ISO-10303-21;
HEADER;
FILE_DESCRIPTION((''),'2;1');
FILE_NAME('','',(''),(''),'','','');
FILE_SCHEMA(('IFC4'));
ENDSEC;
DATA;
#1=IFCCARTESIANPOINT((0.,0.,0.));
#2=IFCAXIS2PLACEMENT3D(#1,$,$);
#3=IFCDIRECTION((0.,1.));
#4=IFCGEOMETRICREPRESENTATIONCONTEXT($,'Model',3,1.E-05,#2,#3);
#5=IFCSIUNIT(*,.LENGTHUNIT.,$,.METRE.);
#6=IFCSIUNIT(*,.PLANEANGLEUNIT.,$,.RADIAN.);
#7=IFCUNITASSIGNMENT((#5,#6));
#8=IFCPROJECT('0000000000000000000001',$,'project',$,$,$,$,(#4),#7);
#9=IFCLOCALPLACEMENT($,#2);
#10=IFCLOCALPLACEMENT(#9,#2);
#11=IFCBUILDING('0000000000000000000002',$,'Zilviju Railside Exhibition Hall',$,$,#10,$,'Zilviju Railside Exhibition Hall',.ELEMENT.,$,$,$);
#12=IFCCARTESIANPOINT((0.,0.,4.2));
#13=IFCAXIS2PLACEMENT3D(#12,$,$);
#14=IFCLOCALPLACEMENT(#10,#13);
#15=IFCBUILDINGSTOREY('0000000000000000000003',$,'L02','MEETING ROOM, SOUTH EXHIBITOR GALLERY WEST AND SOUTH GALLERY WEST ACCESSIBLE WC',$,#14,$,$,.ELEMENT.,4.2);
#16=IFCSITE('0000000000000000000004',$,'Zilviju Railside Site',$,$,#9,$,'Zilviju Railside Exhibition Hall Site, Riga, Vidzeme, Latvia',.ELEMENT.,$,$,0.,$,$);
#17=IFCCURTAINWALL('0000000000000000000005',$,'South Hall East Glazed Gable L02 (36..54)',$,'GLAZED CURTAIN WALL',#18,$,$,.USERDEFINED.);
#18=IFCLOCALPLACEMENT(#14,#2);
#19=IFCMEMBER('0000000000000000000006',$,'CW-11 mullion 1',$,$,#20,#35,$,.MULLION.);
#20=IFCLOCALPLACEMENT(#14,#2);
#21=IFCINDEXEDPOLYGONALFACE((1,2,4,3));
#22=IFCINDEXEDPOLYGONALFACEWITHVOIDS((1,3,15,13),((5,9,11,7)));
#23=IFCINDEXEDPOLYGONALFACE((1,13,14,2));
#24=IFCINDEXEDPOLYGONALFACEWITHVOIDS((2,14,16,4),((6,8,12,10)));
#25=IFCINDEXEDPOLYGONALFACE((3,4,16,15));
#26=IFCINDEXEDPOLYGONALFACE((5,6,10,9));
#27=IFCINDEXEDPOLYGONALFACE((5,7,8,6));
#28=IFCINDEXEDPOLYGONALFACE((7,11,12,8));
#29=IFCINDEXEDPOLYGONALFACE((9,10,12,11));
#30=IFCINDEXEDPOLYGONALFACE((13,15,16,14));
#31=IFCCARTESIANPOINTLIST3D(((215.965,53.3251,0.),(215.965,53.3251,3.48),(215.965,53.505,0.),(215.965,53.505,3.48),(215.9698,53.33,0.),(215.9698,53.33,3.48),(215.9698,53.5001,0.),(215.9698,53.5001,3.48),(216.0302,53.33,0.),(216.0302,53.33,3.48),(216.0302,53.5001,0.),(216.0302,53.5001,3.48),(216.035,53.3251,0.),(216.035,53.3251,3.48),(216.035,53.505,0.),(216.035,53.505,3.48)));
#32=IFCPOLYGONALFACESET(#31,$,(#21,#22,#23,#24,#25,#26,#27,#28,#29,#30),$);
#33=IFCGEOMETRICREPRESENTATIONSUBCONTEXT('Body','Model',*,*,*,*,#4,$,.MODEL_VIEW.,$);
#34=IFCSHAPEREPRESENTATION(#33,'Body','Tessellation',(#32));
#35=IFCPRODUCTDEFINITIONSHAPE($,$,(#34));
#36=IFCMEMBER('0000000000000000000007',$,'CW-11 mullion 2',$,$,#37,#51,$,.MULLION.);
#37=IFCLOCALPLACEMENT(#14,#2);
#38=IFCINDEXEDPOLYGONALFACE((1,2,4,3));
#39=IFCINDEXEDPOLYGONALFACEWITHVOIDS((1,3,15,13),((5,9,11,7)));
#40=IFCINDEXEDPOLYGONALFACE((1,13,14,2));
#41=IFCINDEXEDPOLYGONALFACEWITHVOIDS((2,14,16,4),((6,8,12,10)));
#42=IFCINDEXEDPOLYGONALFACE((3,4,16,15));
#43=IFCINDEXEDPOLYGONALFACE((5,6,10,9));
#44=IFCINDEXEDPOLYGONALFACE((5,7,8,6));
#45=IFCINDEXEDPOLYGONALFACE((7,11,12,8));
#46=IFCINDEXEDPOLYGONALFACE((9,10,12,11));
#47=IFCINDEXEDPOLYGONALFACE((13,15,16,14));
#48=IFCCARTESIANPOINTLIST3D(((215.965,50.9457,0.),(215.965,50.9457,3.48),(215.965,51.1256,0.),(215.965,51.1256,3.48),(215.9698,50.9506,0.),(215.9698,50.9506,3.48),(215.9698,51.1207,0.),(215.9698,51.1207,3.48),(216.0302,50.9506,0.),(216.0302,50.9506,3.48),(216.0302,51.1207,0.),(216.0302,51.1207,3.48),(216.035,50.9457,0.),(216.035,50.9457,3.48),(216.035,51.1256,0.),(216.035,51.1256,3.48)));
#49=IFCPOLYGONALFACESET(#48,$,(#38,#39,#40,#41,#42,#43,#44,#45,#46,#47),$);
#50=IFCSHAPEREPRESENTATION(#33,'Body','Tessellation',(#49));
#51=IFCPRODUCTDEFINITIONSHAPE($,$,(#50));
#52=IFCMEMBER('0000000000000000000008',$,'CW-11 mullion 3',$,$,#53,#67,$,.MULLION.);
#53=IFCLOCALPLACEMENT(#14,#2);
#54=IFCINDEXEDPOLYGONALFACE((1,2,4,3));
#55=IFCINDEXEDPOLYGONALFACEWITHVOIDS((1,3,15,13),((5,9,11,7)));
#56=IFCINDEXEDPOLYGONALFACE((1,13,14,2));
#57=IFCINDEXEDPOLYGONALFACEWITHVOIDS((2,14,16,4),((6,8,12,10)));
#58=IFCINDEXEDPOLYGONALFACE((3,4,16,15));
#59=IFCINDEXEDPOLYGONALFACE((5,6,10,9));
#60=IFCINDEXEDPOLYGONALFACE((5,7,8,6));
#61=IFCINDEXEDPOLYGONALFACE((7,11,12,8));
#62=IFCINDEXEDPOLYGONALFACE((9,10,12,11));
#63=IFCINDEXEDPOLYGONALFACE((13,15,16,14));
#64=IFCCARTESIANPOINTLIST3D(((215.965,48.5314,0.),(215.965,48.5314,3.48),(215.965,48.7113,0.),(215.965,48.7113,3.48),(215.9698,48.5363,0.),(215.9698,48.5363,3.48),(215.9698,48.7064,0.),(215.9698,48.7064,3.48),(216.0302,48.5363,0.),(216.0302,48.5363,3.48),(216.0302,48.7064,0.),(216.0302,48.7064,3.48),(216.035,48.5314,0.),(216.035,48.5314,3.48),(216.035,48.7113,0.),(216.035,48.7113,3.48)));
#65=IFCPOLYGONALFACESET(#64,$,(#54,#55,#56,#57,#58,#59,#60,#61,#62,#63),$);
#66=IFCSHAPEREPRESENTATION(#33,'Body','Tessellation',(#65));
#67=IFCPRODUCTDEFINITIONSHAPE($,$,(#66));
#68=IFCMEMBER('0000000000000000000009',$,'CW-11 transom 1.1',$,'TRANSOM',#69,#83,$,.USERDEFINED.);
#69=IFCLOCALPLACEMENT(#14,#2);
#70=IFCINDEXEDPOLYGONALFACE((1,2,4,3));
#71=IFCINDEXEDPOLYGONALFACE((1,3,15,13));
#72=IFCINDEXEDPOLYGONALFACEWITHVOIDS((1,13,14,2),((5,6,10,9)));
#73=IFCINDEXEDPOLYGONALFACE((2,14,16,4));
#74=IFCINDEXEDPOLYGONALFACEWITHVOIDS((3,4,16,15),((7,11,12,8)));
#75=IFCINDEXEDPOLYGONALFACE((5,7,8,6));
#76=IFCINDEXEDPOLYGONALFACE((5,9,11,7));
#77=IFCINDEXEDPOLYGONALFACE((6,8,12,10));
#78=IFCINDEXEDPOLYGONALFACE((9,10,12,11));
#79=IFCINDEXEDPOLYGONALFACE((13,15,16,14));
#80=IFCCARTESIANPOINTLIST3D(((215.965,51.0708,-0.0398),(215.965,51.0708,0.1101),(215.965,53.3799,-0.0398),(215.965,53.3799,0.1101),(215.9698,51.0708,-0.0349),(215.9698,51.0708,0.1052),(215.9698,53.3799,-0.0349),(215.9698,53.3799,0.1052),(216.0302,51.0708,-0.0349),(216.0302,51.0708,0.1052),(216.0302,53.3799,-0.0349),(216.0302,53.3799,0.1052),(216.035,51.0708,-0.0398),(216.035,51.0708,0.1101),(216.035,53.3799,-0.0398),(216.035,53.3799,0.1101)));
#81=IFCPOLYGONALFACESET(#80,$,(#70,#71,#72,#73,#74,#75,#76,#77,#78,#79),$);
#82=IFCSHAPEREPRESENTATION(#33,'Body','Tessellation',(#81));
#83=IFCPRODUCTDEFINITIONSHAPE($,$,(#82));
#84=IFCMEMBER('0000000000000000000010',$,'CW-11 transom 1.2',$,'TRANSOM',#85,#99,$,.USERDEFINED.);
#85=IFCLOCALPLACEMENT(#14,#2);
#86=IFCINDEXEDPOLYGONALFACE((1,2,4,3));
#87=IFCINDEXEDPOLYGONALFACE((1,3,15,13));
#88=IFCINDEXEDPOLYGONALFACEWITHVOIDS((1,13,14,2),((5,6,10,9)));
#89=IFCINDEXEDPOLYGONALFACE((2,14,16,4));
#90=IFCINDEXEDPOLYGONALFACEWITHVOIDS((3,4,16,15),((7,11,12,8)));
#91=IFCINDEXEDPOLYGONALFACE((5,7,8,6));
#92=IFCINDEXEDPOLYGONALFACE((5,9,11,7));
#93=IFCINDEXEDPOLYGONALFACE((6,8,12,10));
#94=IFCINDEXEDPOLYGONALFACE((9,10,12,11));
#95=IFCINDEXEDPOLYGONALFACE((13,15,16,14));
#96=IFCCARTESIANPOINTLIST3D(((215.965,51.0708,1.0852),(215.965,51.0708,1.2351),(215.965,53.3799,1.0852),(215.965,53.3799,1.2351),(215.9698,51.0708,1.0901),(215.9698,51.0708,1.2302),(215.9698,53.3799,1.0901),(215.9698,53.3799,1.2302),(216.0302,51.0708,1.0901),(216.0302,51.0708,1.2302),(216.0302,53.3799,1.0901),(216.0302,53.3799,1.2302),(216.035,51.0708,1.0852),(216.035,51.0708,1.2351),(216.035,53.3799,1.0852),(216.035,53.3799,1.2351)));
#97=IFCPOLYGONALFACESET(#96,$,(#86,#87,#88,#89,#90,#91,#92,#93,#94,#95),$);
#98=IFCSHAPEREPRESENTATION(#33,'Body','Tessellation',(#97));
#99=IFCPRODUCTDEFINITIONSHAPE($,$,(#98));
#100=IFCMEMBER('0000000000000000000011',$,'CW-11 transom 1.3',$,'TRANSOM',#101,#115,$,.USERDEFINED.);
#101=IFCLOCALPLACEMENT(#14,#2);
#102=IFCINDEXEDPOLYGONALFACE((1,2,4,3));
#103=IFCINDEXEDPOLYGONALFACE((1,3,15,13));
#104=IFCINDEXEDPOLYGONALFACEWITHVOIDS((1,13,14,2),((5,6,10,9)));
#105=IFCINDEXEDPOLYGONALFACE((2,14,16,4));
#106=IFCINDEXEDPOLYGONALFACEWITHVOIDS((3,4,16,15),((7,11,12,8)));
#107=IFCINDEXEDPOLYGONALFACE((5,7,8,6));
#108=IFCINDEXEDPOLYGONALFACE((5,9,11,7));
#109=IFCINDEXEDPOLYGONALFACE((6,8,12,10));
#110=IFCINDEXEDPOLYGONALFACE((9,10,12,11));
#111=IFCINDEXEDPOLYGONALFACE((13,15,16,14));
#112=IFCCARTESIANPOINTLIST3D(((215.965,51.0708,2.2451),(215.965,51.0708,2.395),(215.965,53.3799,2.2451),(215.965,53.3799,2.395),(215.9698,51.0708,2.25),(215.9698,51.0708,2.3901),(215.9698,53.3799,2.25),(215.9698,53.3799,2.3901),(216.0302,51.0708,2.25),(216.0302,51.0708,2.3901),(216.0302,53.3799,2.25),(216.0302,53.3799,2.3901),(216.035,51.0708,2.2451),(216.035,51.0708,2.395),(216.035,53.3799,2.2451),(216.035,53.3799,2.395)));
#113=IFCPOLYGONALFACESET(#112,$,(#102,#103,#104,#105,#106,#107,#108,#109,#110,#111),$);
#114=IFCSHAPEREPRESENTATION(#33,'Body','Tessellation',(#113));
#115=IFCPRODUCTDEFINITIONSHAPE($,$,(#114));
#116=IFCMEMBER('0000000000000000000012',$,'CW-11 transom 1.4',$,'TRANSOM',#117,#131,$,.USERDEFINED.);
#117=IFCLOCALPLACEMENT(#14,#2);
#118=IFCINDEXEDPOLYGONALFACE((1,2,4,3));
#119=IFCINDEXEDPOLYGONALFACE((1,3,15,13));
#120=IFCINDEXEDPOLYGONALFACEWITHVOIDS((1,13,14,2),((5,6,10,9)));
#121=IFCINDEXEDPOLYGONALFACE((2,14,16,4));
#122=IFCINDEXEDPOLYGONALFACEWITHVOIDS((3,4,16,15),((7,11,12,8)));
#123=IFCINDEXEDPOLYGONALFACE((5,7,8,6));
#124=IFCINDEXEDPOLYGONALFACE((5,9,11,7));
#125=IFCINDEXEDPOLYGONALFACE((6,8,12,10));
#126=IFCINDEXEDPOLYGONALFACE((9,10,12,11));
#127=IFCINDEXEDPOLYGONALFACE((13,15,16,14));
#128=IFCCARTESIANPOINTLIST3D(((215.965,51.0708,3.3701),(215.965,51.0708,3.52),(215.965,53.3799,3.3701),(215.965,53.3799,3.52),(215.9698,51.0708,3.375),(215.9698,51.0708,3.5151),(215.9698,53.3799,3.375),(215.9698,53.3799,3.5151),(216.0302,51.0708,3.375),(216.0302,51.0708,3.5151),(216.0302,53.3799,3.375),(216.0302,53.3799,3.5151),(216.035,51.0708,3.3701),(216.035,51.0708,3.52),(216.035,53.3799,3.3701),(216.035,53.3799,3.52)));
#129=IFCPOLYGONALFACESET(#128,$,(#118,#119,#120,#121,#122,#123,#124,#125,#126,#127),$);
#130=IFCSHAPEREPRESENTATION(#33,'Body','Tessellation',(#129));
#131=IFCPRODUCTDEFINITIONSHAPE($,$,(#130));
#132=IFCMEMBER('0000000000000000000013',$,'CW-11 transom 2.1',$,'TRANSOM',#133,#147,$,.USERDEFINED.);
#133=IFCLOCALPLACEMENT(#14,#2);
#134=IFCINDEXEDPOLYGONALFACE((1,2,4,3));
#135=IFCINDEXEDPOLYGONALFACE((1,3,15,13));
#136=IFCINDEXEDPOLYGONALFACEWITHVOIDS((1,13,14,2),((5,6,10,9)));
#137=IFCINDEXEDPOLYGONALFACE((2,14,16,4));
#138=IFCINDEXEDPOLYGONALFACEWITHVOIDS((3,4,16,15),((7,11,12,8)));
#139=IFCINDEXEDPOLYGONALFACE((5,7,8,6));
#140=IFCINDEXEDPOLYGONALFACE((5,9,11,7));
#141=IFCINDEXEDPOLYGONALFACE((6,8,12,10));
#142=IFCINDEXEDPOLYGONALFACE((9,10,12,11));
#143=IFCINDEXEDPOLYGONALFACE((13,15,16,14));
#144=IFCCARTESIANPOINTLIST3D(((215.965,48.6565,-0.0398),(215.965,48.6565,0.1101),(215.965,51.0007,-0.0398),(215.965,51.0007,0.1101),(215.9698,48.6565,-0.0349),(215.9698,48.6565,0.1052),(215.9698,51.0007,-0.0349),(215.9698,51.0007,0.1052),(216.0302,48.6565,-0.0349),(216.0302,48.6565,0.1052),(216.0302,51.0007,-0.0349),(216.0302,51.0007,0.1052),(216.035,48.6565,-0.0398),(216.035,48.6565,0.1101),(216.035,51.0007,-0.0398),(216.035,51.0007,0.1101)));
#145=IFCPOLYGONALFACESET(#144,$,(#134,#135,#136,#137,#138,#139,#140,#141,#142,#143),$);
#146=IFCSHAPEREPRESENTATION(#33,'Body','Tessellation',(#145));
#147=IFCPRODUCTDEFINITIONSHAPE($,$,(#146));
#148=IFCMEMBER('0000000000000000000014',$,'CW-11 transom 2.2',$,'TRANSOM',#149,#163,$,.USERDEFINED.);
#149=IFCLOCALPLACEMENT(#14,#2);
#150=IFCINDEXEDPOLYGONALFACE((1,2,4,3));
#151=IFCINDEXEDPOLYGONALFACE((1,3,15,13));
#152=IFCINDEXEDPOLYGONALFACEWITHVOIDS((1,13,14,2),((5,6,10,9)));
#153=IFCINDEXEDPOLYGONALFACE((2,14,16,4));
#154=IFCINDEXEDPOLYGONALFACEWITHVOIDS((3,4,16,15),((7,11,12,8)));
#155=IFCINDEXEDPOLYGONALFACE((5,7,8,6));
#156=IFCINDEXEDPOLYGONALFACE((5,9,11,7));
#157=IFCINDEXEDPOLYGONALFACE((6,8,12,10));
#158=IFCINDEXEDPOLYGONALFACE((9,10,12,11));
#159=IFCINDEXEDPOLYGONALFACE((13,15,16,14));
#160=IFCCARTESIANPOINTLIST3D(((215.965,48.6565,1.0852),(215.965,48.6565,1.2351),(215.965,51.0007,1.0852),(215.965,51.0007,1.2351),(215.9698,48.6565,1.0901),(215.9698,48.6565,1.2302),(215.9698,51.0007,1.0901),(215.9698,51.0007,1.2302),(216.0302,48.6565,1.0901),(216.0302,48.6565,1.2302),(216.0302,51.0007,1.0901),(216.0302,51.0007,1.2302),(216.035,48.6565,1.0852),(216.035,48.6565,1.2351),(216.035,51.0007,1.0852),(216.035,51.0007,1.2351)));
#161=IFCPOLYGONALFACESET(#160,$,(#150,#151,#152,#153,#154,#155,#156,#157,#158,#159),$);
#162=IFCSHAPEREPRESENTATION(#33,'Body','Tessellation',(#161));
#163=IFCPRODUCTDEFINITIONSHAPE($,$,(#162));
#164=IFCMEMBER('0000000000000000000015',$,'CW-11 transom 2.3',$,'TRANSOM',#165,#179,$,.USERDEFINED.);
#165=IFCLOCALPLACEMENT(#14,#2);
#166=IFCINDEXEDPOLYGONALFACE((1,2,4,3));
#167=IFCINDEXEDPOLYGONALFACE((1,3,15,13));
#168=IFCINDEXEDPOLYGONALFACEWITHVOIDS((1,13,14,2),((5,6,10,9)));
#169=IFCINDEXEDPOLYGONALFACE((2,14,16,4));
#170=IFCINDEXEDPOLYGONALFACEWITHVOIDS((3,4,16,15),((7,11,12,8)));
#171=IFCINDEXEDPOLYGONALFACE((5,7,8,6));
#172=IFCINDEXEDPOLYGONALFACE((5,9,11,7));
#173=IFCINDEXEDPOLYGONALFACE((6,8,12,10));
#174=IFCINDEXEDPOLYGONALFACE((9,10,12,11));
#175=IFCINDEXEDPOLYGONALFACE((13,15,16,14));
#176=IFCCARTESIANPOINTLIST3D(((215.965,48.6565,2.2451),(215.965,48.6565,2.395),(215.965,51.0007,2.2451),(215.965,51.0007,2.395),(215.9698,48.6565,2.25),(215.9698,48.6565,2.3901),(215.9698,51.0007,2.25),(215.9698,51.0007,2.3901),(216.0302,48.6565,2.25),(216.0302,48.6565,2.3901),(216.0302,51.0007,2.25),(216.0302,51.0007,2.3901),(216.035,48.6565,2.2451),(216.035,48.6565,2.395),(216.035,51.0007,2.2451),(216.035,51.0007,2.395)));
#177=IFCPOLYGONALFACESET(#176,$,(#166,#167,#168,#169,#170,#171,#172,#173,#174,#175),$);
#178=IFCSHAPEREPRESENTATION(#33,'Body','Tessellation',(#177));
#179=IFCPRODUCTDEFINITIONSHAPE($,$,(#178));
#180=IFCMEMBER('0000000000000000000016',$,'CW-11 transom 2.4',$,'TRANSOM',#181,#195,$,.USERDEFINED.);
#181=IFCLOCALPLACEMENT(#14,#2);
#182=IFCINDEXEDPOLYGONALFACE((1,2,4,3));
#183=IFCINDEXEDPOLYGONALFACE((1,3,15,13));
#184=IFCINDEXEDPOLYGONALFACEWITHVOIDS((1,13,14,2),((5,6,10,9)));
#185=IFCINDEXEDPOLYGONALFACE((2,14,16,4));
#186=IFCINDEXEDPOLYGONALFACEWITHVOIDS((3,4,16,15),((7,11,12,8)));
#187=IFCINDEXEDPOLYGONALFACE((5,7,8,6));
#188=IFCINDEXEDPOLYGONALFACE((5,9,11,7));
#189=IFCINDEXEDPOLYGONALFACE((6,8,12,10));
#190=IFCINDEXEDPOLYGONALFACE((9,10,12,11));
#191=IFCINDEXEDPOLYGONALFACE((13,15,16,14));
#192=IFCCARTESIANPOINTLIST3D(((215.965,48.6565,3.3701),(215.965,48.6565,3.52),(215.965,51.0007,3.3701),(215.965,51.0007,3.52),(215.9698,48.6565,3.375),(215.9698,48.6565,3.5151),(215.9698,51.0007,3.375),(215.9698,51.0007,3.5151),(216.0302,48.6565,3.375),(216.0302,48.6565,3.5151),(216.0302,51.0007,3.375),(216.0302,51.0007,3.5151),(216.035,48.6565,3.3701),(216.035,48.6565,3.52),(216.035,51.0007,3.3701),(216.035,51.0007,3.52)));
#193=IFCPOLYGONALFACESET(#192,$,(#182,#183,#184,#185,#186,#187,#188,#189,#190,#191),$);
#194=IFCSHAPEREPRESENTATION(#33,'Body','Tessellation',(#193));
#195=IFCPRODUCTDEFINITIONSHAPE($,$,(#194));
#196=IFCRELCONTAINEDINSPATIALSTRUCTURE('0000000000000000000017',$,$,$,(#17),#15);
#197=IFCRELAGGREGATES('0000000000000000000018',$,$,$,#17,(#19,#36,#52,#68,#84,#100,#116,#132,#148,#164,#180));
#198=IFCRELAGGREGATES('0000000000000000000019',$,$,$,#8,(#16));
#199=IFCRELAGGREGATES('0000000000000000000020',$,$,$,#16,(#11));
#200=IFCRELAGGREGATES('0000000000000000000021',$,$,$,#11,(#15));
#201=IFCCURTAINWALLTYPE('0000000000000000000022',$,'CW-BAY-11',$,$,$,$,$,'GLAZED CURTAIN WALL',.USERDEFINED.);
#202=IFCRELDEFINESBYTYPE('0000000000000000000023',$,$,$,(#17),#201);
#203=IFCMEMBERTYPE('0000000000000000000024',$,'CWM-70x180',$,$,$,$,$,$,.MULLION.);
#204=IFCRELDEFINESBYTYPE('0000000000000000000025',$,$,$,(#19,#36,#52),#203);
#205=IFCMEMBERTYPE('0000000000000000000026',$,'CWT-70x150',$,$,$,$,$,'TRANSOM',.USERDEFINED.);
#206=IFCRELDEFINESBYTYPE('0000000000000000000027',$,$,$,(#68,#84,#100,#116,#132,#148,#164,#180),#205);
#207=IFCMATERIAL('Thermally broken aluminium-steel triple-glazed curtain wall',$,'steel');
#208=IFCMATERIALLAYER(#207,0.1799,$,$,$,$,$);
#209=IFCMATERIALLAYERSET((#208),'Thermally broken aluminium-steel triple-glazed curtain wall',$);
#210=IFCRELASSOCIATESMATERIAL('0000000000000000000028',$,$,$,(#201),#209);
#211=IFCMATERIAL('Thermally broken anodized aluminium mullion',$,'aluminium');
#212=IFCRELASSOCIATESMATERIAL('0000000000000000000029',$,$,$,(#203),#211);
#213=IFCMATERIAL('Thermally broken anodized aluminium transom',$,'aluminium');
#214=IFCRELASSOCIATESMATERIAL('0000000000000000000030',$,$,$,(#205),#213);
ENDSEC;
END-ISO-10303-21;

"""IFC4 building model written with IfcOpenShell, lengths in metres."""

from ifc_helpers import new_model, si_unit, direction, frame, origin, origin_2d, place, context, subcontext, project, spatial, hollow_rectangle, extrude, material, layer, layer_set, material_profile, profile_set, type_object, element, aggregate, save


model = new_model("IFC4")

# Units and contexts
model_context = context("Model", 3, precision=1e-05, world=origin(), true_north=direction((0.0, 1.0)))
body_context = subcontext(model_context, "Body", "Model", "MODEL_VIEW")
ifc_project = project(units=[si_unit("LENGTHUNIT", "METRE"), si_unit("PLANEANGLEUNIT", "RADIAN")], contexts=[model_context])

# Site, building, storey
site_placement = place(None, origin())
site = spatial("IfcSite", under=ifc_project, at=site_placement, Name="Zilviju Railside Site", LongName="Zilviju Railside Exhibition Hall Site, Riga, Vidzeme, Latvia", CompositionType="ELEMENT", RefElevation=0.0)
building_placement = place(site_placement, origin())
building = spatial("IfcBuilding", under=site, at=building_placement, Name="Zilviju Railside Exhibition Hall", LongName="Zilviju Railside Exhibition Hall", CompositionType="ELEMENT")
storey_placement = place(building_placement, frame((0.0, 0.0, 4.2)))
storey = spatial("IfcBuildingStorey", under=building, at=storey_placement, Name="L02", Description="MEETING ROOM, SOUTH EXHIBITOR GALLERY WEST AND SOUTH GALLERY WEST ACCESSIBLE WC", CompositionType="ELEMENT", Elevation=4.2)

# Curtain wall, members
ifc_material_1 = material(Name="Thermally broken aluminium-steel triple-glazed curtain wall", Category="steel")
ifc_layer_1 = layer(ifc_material_1, 0.1799)
ifc_layer_set_1 = layer_set([ifc_layer_1], Name="Thermally broken aluminium-steel triple-glazed curtain wall")
curtain_wall_type = type_object("IfcCurtainWallType", Name="CW-BAY-11", ElementType="GLAZED CURTAIN WALL", PredefinedType="USERDEFINED", material=ifc_layer_set_1)
curtain_wall_placement = place(storey_placement, origin())
curtain_wall = element("IfcCurtainWall", 1, at=curtain_wall_placement, inside=storey, type_object=curtain_wall_type, Name="South Hall East Glazed Gable L02 (36..54)", ObjectType="GLAZED CURTAIN WALL", PredefinedType="USERDEFINED")
ifc_material_2 = material(Name="Thermally broken anodized aluminium mullion", Category="aluminium")
ifc_material_profile_1 = material_profile(ifc_material_2, hollow_rectangle(XDim=0.0701, YDim=0.1799, WallThickness=0.0049, at=origin_2d()), Name="MULLION 180x70x5")
ifc_profile_set_1 = profile_set([ifc_material_profile_1], Name="Thermally broken anodized aluminium mullion")
member_type_1 = type_object("IfcMemberType", Name="CWM-70x180", PredefinedType="MULLION", material=ifc_profile_set_1)
member_1_placement = place(storey_placement, frame((216.0, 53.415, 0.0), z_axis=(0.0, 0.0, 1.0), x_axis=(1.0, 0.0, 0.0)))
member_1 = element("IfcMember", 2, at=member_1_placement, type_object=member_type_1, Name="CW-11 mullion 1", PredefinedType="MULLION", context=body_context, shape_type="SweptSolid", body=[
    extrude(hollow_rectangle(XDim=0.0701, YDim=0.1799, WallThickness=0.0049, at=origin_2d()), origin(), (0.0, 0.0, 1.0), 3.48),
])
member_2_placement = place(storey_placement, frame((216.0, 51.0356, 0.0), z_axis=(0.0, 0.0, 1.0), x_axis=(1.0, 0.0, 0.0)))
member_2 = element("IfcMember", 3, at=member_2_placement, type_object=member_type_1, Name="CW-11 mullion 2", PredefinedType="MULLION", context=body_context, shape_type="SweptSolid", body=[
    extrude(hollow_rectangle(XDim=0.0701, YDim=0.1799, WallThickness=0.0049, at=origin_2d()), origin(), (0.0, 0.0, 1.0), 3.48),
])
member_3_placement = place(storey_placement, frame((216.0, 48.6213, 0.0), z_axis=(0.0, 0.0, 1.0), x_axis=(1.0, 0.0, 0.0)))
member_3 = element("IfcMember", 4, at=member_3_placement, type_object=member_type_1, Name="CW-11 mullion 3", PredefinedType="MULLION", context=body_context, shape_type="SweptSolid", body=[
    extrude(hollow_rectangle(XDim=0.0701, YDim=0.1799, WallThickness=0.0049, at=origin_2d()), origin(), (0.0, 0.0, 1.0), 3.48),
])
ifc_material_3 = material(Name="Thermally broken anodized aluminium transom", Category="aluminium")
ifc_material_profile_2 = material_profile(ifc_material_3, hollow_rectangle(XDim=0.0701, YDim=0.1499, WallThickness=0.0049, at=origin_2d()), Name="TRANSOM 150x70x5")
ifc_profile_set_2 = profile_set([ifc_material_profile_2], Name="Thermally broken anodized aluminium transom")
member_type_2 = type_object("IfcMemberType", Name="CWT-70x150", ElementType="TRANSOM", PredefinedType="USERDEFINED", material=ifc_profile_set_2)
member_4_placement = place(storey_placement, frame((216.0, 53.3799, 0.0352), z_axis=(0.0, -1.0, 0.0), x_axis=(1.0, 0.0, 0.0)))
member_4 = element("IfcMember", 5, at=member_4_placement, type_object=member_type_2, Name="CW-11 transom 1.1", ObjectType="TRANSOM", PredefinedType="USERDEFINED", context=body_context, shape_type="SweptSolid", body=[
    extrude(hollow_rectangle(XDim=0.0701, YDim=0.1499, WallThickness=0.0049, at=origin_2d()), origin(), (0.0, 0.0, 1.0), 2.3091),
])
member_5_placement = place(storey_placement, frame((216.0, 53.3799, 1.1602), z_axis=(0.0, -1.0, 0.0), x_axis=(1.0, 0.0, 0.0)))
member_5 = element("IfcMember", 6, at=member_5_placement, type_object=member_type_2, Name="CW-11 transom 1.2", ObjectType="TRANSOM", PredefinedType="USERDEFINED", context=body_context, shape_type="SweptSolid", body=[
    extrude(hollow_rectangle(XDim=0.0701, YDim=0.1499, WallThickness=0.0049, at=origin_2d()), origin(), (0.0, 0.0, 1.0), 2.3091),
])
member_6_placement = place(storey_placement, frame((216.0, 53.3799, 2.3201), z_axis=(0.0, -1.0, 0.0), x_axis=(1.0, 0.0, 0.0)))
member_6 = element("IfcMember", 7, at=member_6_placement, type_object=member_type_2, Name="CW-11 transom 1.3", ObjectType="TRANSOM", PredefinedType="USERDEFINED", context=body_context, shape_type="SweptSolid", body=[
    extrude(hollow_rectangle(XDim=0.0701, YDim=0.1499, WallThickness=0.0049, at=origin_2d()), origin(), (0.0, 0.0, 1.0), 2.3091),
])
member_7_placement = place(storey_placement, frame((216.0, 53.3799, 3.4451), z_axis=(0.0, -1.0, 0.0), x_axis=(1.0, 0.0, 0.0)))
member_7 = element("IfcMember", 8, at=member_7_placement, type_object=member_type_2, Name="CW-11 transom 1.4", ObjectType="TRANSOM", PredefinedType="USERDEFINED", context=body_context, shape_type="SweptSolid", body=[
    extrude(hollow_rectangle(XDim=0.0701, YDim=0.1499, WallThickness=0.0049, at=origin_2d()), origin(), (0.0, 0.0, 1.0), 2.3091),
])
member_8_placement = place(storey_placement, frame((216.0, 51.0007, 0.0352), z_axis=(0.0, -1.0, 0.0), x_axis=(1.0, 0.0, 0.0)))
member_8 = element("IfcMember", 9, at=member_8_placement, type_object=member_type_2, Name="CW-11 transom 2.1", ObjectType="TRANSOM", PredefinedType="USERDEFINED", context=body_context, shape_type="SweptSolid", body=[
    extrude(hollow_rectangle(XDim=0.0701, YDim=0.1499, WallThickness=0.0049, at=origin_2d()), origin(), (0.0, 0.0, 1.0), 2.3442),
])
member_9_placement = place(storey_placement, frame((216.0, 51.0007, 1.1602), z_axis=(0.0, -1.0, 0.0), x_axis=(1.0, 0.0, 0.0)))
member_9 = element("IfcMember", 10, at=member_9_placement, type_object=member_type_2, Name="CW-11 transom 2.2", ObjectType="TRANSOM", PredefinedType="USERDEFINED", context=body_context, shape_type="SweptSolid", body=[
    extrude(hollow_rectangle(XDim=0.0701, YDim=0.1499, WallThickness=0.0049, at=origin_2d()), origin(), (0.0, 0.0, 1.0), 2.3442),
])
member_10_placement = place(storey_placement, frame((216.0, 51.0007, 2.3201), z_axis=(0.0, -1.0, 0.0), x_axis=(1.0, 0.0, 0.0)))
member_10 = element("IfcMember", 11, at=member_10_placement, type_object=member_type_2, Name="CW-11 transom 2.3", ObjectType="TRANSOM", PredefinedType="USERDEFINED", context=body_context, shape_type="SweptSolid", body=[
    extrude(hollow_rectangle(XDim=0.0701, YDim=0.1499, WallThickness=0.0049, at=origin_2d()), origin(), (0.0, 0.0, 1.0), 2.3442),
])
member_11_placement = place(storey_placement, frame((216.0, 51.0007, 3.4451), z_axis=(0.0, -1.0, 0.0), x_axis=(1.0, 0.0, 0.0)))
member_11 = element("IfcMember", 12, at=member_11_placement, type_object=member_type_2, Name="CW-11 transom 2.4", ObjectType="TRANSOM", PredefinedType="USERDEFINED", context=body_context, shape_type="SweptSolid", body=[
    extrude(hollow_rectangle(XDim=0.0701, YDim=0.1499, WallThickness=0.0049, at=origin_2d()), origin(), (0.0, 0.0, 1.0), 2.3442),
])
aggregate(curtain_wall, [member_1, member_2, member_3, member_4, member_5, member_6, member_7, member_8, member_9, member_10, member_11])

save(model, "model.ifc")
